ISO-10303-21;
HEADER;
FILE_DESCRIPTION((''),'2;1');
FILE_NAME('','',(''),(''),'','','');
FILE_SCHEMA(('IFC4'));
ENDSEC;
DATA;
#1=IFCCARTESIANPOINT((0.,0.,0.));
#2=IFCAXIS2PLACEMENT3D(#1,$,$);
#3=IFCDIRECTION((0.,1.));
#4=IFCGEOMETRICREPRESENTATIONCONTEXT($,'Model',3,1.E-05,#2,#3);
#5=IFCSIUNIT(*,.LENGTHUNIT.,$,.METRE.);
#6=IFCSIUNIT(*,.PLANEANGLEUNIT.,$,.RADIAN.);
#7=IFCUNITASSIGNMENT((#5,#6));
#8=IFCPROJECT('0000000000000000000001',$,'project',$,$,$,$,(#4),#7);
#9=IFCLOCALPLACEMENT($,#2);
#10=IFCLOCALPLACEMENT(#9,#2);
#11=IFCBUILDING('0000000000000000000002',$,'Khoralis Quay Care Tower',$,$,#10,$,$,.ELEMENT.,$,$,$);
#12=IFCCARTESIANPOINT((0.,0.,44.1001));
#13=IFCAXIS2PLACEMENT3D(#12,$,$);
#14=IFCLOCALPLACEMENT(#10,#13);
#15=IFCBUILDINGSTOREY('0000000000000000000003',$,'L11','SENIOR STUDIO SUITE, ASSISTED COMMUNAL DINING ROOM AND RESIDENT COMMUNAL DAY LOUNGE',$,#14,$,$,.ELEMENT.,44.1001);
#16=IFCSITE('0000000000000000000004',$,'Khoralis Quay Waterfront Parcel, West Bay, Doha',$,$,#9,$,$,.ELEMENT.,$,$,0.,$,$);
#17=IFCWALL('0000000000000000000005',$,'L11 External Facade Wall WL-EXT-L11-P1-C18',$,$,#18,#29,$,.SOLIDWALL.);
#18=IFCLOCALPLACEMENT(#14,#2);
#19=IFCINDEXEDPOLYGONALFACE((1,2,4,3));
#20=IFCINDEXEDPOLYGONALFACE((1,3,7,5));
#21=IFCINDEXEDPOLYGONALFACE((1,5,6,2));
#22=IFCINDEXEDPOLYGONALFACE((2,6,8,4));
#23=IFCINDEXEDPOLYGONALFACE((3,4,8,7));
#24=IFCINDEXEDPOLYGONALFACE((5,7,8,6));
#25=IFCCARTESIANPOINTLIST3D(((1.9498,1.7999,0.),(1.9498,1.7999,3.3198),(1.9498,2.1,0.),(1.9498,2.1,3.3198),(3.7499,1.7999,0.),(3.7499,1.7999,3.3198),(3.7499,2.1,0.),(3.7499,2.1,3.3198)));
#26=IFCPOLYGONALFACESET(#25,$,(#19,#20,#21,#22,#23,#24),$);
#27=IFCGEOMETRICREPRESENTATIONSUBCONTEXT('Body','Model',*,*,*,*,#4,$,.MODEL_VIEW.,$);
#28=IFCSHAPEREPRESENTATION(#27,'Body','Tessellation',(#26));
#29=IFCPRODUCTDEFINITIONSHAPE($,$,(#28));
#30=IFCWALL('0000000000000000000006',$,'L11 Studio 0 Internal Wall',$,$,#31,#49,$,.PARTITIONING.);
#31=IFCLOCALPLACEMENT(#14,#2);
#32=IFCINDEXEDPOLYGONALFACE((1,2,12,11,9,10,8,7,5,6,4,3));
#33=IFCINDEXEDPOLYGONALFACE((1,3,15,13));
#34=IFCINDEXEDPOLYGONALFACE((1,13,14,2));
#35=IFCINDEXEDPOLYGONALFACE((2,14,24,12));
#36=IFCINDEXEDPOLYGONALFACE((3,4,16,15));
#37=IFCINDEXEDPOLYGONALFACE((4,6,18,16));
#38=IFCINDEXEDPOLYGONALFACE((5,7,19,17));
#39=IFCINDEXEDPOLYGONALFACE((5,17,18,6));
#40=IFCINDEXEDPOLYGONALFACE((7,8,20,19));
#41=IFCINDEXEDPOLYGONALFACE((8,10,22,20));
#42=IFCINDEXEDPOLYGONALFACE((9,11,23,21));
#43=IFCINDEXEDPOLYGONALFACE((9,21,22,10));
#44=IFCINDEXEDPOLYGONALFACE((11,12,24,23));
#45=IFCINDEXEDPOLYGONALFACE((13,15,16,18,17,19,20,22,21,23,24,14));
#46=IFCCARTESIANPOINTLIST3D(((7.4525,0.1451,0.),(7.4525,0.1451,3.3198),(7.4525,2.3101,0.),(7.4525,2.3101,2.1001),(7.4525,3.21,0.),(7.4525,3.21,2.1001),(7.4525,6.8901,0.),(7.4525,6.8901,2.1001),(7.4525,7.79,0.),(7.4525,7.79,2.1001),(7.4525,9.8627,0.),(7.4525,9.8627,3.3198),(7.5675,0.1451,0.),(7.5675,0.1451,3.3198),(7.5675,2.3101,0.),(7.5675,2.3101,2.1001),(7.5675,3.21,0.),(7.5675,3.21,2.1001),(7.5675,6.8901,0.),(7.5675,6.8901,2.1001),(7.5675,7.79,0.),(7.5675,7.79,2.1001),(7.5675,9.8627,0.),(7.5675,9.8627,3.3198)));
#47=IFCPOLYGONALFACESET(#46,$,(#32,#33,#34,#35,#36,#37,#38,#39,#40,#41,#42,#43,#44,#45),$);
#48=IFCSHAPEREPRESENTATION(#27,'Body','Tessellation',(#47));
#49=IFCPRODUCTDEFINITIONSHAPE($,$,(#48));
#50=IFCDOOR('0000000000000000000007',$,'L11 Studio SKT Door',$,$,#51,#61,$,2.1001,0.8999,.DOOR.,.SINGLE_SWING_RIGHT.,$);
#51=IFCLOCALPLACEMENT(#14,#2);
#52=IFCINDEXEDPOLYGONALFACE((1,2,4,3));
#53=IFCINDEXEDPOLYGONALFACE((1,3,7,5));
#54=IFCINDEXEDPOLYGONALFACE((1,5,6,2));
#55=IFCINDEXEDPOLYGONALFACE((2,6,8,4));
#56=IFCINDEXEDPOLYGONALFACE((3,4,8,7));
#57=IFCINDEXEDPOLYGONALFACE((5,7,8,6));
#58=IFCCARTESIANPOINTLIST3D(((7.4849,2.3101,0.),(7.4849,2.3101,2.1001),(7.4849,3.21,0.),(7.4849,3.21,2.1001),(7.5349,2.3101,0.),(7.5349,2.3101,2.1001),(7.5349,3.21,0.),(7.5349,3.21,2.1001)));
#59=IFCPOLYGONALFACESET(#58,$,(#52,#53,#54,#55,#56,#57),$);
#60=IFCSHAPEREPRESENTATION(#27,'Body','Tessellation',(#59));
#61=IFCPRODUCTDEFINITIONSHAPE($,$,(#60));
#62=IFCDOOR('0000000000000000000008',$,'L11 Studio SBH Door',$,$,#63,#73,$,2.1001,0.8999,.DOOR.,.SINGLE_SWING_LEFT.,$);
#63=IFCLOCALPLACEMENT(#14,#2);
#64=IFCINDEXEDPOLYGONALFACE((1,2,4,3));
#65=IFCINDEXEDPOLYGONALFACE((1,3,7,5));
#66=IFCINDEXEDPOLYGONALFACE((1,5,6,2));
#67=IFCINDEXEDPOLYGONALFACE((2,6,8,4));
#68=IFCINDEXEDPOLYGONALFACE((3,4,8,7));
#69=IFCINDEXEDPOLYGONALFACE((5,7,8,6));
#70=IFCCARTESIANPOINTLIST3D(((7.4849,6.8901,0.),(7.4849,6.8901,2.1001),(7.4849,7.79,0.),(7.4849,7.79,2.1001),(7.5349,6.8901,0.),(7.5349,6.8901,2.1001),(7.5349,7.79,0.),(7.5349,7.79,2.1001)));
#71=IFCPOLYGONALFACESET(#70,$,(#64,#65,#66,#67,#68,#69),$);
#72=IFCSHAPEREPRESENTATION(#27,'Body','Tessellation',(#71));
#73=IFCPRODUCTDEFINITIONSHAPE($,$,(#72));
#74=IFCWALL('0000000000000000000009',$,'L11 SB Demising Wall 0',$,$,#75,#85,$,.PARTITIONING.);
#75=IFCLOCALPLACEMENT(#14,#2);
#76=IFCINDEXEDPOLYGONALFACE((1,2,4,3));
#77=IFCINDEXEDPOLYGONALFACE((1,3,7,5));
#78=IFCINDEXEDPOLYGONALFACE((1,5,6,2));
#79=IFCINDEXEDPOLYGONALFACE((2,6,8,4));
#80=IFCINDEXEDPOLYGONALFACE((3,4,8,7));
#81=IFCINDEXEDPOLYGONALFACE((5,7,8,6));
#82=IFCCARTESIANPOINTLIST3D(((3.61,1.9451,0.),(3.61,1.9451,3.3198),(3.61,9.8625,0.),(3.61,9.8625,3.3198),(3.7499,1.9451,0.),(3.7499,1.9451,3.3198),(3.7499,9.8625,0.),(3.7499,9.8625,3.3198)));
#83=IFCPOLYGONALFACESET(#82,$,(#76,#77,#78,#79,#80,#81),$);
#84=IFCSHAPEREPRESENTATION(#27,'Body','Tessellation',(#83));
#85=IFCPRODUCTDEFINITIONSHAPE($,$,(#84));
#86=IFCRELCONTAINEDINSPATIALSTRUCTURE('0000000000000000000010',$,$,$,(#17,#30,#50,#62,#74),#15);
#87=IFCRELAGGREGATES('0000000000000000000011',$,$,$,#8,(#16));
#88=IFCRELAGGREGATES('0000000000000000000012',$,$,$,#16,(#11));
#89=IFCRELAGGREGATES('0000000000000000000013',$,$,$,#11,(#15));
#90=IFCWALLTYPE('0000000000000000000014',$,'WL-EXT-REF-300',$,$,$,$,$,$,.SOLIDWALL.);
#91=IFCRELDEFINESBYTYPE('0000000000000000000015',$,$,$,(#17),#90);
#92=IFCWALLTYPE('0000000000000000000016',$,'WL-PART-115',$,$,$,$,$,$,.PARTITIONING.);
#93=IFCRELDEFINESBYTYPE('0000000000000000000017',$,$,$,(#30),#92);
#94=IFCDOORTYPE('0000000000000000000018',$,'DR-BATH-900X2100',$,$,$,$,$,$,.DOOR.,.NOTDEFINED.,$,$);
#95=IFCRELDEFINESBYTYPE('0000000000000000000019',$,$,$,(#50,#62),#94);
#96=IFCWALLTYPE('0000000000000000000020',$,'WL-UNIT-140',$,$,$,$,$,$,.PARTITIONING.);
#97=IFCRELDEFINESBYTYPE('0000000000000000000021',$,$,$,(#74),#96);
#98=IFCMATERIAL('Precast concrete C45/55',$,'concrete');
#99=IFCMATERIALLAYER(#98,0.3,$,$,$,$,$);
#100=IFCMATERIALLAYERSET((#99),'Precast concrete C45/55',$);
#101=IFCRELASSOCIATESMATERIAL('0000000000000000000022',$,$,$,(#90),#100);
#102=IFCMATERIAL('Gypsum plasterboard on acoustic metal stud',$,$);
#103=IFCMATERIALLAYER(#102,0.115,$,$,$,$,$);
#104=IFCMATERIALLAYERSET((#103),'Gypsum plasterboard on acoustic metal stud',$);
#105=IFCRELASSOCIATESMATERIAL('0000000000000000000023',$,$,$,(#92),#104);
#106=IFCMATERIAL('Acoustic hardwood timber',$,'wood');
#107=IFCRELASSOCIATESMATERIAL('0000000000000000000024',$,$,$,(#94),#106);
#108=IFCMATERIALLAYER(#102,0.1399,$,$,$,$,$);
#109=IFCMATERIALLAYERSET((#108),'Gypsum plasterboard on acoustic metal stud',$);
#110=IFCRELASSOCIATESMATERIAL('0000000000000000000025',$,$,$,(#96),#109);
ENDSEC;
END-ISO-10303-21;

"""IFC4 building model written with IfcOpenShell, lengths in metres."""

from ifc_helpers import new_model, si_unit, direction, frame, frame_2d, origin, place, context, subcontext, project, spatial, rectangle, extrude, source, transform, mapped, material, layer, layer_set, type_object, element, fill, save


model = new_model("IFC4")

# Units and contexts
model_context = context("Model", 3, precision=1e-05, world=origin(), true_north=direction((0.0, 1.0)))
body_context = subcontext(model_context, "Body", "Model", "MODEL_VIEW")
ifc_project = project(units=[si_unit("LENGTHUNIT", "METRE"), si_unit("PLANEANGLEUNIT", "RADIAN")], contexts=[model_context])

# Site, building, storey
site_placement = place(None, origin())
site = spatial("IfcSite", under=ifc_project, at=site_placement, Name="Khoralis Quay Waterfront Parcel, West Bay, Doha", CompositionType="ELEMENT", RefElevation=0.0)
building_placement = place(site_placement, origin())
building = spatial("IfcBuilding", under=site, at=building_placement, Name="Khoralis Quay Care Tower", CompositionType="ELEMENT")
storey_placement = place(building_placement, frame((0.0, 0.0, 44.1001)))
storey = spatial("IfcBuildingStorey", under=building, at=storey_placement, Name="L11", Description="SENIOR STUDIO SUITE, ASSISTED COMMUNAL DINING ROOM AND RESIDENT COMMUNAL DAY LOUNGE", CompositionType="ELEMENT", Elevation=44.1001)

# Shared definitions
ifc_material_1 = material(Name="Precast concrete C45/55", Category="concrete")

# Shared definitions
ifc_layer_1 = layer(ifc_material_1, 0.3)
ifc_layer_set_1 = layer_set([ifc_layer_1], Name="Precast concrete C45/55")
wall_type_1 = type_object("IfcWallType", Name="WL-EXT-REF-300", PredefinedType="SOLIDWALL", material=ifc_layer_set_1)

# Wall
wall_1_placement = place(storey_placement, frame((1.95, 1.95, 0.0), z_axis=(0.0, 0.0, 1.0), x_axis=(1.0, 0.0, 0.0)))
element("IfcWall", 1, at=wall_1_placement, inside=storey, type_object=wall_type_1, Name="L11 External Facade Wall WL-EXT-L11-P1-C18", PredefinedType="SOLIDWALL", context=body_context, shape_type="SweptSolid", body=[
    extrude(rectangle(XDim=1.8, YDim=0.3, at=frame_2d((0.8999, 0.0))), origin(), (0.0, 0.0, 1.0), 3.3198),
])

# Wall, openings, doors
ifc_material_2 = material(Name="Gypsum plasterboard on acoustic metal stud")
ifc_layer_2 = layer(ifc_material_2, 0.115)
ifc_layer_set_2 = layer_set([ifc_layer_2], Name="Gypsum plasterboard on acoustic metal stud")
wall_type_2 = type_object("IfcWallType", Name="WL-PART-115", PredefinedType="PARTITIONING", material=ifc_layer_set_2)
wall_2_placement = place(storey_placement, frame((7.51, 0.145, 0.0), z_axis=(0.0, 0.0, 1.0), x_axis=(0.0, 1.0, 0.0)))
wall_2 = element("IfcWall", 2, at=wall_2_placement, inside=storey, type_object=wall_type_2, Name="L11 Studio 0 Internal Wall", PredefinedType="PARTITIONING", context=body_context, shape_type="SweptSolid", body=[
    extrude(rectangle(XDim=9.7175, YDim=0.115, at=frame_2d((4.8589, 0.0))), origin(), (0.0, 0.0, 1.0), 3.3198),
])
opening_1_placement = place(wall_2_placement, frame((2.165, 0.0, 0.0)))
opening_1 = element("IfcOpeningElement", 3, at=opening_1_placement, cuts=wall_2, PredefinedType="OPENING", context=body_context, shape_type="SweptSolid", body=[
    extrude(rectangle(XDim=0.8999, YDim=2.1001, at=frame_2d((0.45, 1.05))), frame((0.0, 0.0674, 0.0), z_axis=(0.0, -1.0, 0.0), x_axis=(1.0, 0.0, 0.0)), (0.0, 0.0, 1.0), 0.135),
])
opening_2_placement = place(wall_2_placement, frame((6.7451, 0.0, 0.0)))
opening_2 = element("IfcOpeningElement", 4, at=opening_2_placement, cuts=wall_2, PredefinedType="OPENING", context=body_context, shape_type="SweptSolid", body=[
    extrude(rectangle(XDim=0.8999, YDim=2.1001, at=frame_2d((0.45, 1.05))), frame((0.0, 0.0674, 0.0), z_axis=(0.0, -1.0, 0.0), x_axis=(1.0, 0.0, 0.0)), (0.0, 0.0, 1.0), 0.135),
])
ifc_material_3 = material(Name="Acoustic hardwood timber", Category="wood")
door_type = type_object("IfcDoorType", Name="DR-BATH-900X2100", OperationType="NOTDEFINED", PredefinedType="DOOR", material=ifc_material_3)
shared_shape_1 = source(origin(), body_context, "Body", "SweptSolid", [
    extrude(rectangle(XDim=0.8999, YDim=2.1001, at=frame_2d((0.45, 1.05))), frame((0.0, 0.0249, 0.0), z_axis=(0.0, -1.0, 0.0), x_axis=(1.0, 0.0, 0.0)), (0.0, 0.0, 1.0), 0.05),
])
door_1_placement = place(opening_1_placement, frame((0.8999, 0.0, 0.0), z_axis=(0.0, 0.0, 1.0), x_axis=(-1.0, 0.0, 0.0)))
door_1 = element("IfcDoor", 5, at=door_1_placement, inside=storey, type_object=door_type, Name="L11 Studio SKT Door", OperationType="SINGLE_SWING_RIGHT", OverallHeight=2.1001, OverallWidth=0.8999, PredefinedType="DOOR", context=body_context, shape_type="MappedRepresentation", body=[
    mapped(shared_shape_1, transform((0.0, 0.0, 0.0), scale=1.0)),
])
fill(opening_1, door_1)
door_2_placement = place(opening_2_placement, frame((0.8999, 0.0, 0.0), z_axis=(0.0, 0.0, 1.0), x_axis=(-1.0, 0.0, 0.0)))
door_2 = element("IfcDoor", 6, at=door_2_placement, inside=storey, type_object=door_type, Name="L11 Studio SBH Door", OperationType="SINGLE_SWING_LEFT", OverallHeight=2.1001, OverallWidth=0.8999, PredefinedType="DOOR", context=body_context, shape_type="MappedRepresentation", body=[
    mapped(shared_shape_1, transform((0.0, 0.0, 0.0), scale=1.0)),
])
fill(opening_2, door_2)

# Wall
ifc_layer_3 = layer(ifc_material_2, 0.1399)
ifc_layer_set_3 = layer_set([ifc_layer_3], Name="Gypsum plasterboard on acoustic metal stud")
wall_type_3 = type_object("IfcWallType", Name="WL-UNIT-140", PredefinedType="PARTITIONING", material=ifc_layer_set_3)
wall_3_placement = place(storey_placement, frame((3.6799, 1.9451, 0.0), z_axis=(0.0, 0.0, 1.0), x_axis=(0.0, 1.0, 0.0)))
element("IfcWall", 7, at=wall_3_placement, inside=storey, type_object=wall_type_3, Name="L11 SB Demising Wall 0", PredefinedType="PARTITIONING", context=body_context, shape_type="SweptSolid", body=[
    extrude(rectangle(XDim=7.9175, YDim=0.1399, at=frame_2d((3.9587, 0.0))), origin(), (0.0, 0.0, 1.0), 3.3198),
])

save(model, "model.ifc")
